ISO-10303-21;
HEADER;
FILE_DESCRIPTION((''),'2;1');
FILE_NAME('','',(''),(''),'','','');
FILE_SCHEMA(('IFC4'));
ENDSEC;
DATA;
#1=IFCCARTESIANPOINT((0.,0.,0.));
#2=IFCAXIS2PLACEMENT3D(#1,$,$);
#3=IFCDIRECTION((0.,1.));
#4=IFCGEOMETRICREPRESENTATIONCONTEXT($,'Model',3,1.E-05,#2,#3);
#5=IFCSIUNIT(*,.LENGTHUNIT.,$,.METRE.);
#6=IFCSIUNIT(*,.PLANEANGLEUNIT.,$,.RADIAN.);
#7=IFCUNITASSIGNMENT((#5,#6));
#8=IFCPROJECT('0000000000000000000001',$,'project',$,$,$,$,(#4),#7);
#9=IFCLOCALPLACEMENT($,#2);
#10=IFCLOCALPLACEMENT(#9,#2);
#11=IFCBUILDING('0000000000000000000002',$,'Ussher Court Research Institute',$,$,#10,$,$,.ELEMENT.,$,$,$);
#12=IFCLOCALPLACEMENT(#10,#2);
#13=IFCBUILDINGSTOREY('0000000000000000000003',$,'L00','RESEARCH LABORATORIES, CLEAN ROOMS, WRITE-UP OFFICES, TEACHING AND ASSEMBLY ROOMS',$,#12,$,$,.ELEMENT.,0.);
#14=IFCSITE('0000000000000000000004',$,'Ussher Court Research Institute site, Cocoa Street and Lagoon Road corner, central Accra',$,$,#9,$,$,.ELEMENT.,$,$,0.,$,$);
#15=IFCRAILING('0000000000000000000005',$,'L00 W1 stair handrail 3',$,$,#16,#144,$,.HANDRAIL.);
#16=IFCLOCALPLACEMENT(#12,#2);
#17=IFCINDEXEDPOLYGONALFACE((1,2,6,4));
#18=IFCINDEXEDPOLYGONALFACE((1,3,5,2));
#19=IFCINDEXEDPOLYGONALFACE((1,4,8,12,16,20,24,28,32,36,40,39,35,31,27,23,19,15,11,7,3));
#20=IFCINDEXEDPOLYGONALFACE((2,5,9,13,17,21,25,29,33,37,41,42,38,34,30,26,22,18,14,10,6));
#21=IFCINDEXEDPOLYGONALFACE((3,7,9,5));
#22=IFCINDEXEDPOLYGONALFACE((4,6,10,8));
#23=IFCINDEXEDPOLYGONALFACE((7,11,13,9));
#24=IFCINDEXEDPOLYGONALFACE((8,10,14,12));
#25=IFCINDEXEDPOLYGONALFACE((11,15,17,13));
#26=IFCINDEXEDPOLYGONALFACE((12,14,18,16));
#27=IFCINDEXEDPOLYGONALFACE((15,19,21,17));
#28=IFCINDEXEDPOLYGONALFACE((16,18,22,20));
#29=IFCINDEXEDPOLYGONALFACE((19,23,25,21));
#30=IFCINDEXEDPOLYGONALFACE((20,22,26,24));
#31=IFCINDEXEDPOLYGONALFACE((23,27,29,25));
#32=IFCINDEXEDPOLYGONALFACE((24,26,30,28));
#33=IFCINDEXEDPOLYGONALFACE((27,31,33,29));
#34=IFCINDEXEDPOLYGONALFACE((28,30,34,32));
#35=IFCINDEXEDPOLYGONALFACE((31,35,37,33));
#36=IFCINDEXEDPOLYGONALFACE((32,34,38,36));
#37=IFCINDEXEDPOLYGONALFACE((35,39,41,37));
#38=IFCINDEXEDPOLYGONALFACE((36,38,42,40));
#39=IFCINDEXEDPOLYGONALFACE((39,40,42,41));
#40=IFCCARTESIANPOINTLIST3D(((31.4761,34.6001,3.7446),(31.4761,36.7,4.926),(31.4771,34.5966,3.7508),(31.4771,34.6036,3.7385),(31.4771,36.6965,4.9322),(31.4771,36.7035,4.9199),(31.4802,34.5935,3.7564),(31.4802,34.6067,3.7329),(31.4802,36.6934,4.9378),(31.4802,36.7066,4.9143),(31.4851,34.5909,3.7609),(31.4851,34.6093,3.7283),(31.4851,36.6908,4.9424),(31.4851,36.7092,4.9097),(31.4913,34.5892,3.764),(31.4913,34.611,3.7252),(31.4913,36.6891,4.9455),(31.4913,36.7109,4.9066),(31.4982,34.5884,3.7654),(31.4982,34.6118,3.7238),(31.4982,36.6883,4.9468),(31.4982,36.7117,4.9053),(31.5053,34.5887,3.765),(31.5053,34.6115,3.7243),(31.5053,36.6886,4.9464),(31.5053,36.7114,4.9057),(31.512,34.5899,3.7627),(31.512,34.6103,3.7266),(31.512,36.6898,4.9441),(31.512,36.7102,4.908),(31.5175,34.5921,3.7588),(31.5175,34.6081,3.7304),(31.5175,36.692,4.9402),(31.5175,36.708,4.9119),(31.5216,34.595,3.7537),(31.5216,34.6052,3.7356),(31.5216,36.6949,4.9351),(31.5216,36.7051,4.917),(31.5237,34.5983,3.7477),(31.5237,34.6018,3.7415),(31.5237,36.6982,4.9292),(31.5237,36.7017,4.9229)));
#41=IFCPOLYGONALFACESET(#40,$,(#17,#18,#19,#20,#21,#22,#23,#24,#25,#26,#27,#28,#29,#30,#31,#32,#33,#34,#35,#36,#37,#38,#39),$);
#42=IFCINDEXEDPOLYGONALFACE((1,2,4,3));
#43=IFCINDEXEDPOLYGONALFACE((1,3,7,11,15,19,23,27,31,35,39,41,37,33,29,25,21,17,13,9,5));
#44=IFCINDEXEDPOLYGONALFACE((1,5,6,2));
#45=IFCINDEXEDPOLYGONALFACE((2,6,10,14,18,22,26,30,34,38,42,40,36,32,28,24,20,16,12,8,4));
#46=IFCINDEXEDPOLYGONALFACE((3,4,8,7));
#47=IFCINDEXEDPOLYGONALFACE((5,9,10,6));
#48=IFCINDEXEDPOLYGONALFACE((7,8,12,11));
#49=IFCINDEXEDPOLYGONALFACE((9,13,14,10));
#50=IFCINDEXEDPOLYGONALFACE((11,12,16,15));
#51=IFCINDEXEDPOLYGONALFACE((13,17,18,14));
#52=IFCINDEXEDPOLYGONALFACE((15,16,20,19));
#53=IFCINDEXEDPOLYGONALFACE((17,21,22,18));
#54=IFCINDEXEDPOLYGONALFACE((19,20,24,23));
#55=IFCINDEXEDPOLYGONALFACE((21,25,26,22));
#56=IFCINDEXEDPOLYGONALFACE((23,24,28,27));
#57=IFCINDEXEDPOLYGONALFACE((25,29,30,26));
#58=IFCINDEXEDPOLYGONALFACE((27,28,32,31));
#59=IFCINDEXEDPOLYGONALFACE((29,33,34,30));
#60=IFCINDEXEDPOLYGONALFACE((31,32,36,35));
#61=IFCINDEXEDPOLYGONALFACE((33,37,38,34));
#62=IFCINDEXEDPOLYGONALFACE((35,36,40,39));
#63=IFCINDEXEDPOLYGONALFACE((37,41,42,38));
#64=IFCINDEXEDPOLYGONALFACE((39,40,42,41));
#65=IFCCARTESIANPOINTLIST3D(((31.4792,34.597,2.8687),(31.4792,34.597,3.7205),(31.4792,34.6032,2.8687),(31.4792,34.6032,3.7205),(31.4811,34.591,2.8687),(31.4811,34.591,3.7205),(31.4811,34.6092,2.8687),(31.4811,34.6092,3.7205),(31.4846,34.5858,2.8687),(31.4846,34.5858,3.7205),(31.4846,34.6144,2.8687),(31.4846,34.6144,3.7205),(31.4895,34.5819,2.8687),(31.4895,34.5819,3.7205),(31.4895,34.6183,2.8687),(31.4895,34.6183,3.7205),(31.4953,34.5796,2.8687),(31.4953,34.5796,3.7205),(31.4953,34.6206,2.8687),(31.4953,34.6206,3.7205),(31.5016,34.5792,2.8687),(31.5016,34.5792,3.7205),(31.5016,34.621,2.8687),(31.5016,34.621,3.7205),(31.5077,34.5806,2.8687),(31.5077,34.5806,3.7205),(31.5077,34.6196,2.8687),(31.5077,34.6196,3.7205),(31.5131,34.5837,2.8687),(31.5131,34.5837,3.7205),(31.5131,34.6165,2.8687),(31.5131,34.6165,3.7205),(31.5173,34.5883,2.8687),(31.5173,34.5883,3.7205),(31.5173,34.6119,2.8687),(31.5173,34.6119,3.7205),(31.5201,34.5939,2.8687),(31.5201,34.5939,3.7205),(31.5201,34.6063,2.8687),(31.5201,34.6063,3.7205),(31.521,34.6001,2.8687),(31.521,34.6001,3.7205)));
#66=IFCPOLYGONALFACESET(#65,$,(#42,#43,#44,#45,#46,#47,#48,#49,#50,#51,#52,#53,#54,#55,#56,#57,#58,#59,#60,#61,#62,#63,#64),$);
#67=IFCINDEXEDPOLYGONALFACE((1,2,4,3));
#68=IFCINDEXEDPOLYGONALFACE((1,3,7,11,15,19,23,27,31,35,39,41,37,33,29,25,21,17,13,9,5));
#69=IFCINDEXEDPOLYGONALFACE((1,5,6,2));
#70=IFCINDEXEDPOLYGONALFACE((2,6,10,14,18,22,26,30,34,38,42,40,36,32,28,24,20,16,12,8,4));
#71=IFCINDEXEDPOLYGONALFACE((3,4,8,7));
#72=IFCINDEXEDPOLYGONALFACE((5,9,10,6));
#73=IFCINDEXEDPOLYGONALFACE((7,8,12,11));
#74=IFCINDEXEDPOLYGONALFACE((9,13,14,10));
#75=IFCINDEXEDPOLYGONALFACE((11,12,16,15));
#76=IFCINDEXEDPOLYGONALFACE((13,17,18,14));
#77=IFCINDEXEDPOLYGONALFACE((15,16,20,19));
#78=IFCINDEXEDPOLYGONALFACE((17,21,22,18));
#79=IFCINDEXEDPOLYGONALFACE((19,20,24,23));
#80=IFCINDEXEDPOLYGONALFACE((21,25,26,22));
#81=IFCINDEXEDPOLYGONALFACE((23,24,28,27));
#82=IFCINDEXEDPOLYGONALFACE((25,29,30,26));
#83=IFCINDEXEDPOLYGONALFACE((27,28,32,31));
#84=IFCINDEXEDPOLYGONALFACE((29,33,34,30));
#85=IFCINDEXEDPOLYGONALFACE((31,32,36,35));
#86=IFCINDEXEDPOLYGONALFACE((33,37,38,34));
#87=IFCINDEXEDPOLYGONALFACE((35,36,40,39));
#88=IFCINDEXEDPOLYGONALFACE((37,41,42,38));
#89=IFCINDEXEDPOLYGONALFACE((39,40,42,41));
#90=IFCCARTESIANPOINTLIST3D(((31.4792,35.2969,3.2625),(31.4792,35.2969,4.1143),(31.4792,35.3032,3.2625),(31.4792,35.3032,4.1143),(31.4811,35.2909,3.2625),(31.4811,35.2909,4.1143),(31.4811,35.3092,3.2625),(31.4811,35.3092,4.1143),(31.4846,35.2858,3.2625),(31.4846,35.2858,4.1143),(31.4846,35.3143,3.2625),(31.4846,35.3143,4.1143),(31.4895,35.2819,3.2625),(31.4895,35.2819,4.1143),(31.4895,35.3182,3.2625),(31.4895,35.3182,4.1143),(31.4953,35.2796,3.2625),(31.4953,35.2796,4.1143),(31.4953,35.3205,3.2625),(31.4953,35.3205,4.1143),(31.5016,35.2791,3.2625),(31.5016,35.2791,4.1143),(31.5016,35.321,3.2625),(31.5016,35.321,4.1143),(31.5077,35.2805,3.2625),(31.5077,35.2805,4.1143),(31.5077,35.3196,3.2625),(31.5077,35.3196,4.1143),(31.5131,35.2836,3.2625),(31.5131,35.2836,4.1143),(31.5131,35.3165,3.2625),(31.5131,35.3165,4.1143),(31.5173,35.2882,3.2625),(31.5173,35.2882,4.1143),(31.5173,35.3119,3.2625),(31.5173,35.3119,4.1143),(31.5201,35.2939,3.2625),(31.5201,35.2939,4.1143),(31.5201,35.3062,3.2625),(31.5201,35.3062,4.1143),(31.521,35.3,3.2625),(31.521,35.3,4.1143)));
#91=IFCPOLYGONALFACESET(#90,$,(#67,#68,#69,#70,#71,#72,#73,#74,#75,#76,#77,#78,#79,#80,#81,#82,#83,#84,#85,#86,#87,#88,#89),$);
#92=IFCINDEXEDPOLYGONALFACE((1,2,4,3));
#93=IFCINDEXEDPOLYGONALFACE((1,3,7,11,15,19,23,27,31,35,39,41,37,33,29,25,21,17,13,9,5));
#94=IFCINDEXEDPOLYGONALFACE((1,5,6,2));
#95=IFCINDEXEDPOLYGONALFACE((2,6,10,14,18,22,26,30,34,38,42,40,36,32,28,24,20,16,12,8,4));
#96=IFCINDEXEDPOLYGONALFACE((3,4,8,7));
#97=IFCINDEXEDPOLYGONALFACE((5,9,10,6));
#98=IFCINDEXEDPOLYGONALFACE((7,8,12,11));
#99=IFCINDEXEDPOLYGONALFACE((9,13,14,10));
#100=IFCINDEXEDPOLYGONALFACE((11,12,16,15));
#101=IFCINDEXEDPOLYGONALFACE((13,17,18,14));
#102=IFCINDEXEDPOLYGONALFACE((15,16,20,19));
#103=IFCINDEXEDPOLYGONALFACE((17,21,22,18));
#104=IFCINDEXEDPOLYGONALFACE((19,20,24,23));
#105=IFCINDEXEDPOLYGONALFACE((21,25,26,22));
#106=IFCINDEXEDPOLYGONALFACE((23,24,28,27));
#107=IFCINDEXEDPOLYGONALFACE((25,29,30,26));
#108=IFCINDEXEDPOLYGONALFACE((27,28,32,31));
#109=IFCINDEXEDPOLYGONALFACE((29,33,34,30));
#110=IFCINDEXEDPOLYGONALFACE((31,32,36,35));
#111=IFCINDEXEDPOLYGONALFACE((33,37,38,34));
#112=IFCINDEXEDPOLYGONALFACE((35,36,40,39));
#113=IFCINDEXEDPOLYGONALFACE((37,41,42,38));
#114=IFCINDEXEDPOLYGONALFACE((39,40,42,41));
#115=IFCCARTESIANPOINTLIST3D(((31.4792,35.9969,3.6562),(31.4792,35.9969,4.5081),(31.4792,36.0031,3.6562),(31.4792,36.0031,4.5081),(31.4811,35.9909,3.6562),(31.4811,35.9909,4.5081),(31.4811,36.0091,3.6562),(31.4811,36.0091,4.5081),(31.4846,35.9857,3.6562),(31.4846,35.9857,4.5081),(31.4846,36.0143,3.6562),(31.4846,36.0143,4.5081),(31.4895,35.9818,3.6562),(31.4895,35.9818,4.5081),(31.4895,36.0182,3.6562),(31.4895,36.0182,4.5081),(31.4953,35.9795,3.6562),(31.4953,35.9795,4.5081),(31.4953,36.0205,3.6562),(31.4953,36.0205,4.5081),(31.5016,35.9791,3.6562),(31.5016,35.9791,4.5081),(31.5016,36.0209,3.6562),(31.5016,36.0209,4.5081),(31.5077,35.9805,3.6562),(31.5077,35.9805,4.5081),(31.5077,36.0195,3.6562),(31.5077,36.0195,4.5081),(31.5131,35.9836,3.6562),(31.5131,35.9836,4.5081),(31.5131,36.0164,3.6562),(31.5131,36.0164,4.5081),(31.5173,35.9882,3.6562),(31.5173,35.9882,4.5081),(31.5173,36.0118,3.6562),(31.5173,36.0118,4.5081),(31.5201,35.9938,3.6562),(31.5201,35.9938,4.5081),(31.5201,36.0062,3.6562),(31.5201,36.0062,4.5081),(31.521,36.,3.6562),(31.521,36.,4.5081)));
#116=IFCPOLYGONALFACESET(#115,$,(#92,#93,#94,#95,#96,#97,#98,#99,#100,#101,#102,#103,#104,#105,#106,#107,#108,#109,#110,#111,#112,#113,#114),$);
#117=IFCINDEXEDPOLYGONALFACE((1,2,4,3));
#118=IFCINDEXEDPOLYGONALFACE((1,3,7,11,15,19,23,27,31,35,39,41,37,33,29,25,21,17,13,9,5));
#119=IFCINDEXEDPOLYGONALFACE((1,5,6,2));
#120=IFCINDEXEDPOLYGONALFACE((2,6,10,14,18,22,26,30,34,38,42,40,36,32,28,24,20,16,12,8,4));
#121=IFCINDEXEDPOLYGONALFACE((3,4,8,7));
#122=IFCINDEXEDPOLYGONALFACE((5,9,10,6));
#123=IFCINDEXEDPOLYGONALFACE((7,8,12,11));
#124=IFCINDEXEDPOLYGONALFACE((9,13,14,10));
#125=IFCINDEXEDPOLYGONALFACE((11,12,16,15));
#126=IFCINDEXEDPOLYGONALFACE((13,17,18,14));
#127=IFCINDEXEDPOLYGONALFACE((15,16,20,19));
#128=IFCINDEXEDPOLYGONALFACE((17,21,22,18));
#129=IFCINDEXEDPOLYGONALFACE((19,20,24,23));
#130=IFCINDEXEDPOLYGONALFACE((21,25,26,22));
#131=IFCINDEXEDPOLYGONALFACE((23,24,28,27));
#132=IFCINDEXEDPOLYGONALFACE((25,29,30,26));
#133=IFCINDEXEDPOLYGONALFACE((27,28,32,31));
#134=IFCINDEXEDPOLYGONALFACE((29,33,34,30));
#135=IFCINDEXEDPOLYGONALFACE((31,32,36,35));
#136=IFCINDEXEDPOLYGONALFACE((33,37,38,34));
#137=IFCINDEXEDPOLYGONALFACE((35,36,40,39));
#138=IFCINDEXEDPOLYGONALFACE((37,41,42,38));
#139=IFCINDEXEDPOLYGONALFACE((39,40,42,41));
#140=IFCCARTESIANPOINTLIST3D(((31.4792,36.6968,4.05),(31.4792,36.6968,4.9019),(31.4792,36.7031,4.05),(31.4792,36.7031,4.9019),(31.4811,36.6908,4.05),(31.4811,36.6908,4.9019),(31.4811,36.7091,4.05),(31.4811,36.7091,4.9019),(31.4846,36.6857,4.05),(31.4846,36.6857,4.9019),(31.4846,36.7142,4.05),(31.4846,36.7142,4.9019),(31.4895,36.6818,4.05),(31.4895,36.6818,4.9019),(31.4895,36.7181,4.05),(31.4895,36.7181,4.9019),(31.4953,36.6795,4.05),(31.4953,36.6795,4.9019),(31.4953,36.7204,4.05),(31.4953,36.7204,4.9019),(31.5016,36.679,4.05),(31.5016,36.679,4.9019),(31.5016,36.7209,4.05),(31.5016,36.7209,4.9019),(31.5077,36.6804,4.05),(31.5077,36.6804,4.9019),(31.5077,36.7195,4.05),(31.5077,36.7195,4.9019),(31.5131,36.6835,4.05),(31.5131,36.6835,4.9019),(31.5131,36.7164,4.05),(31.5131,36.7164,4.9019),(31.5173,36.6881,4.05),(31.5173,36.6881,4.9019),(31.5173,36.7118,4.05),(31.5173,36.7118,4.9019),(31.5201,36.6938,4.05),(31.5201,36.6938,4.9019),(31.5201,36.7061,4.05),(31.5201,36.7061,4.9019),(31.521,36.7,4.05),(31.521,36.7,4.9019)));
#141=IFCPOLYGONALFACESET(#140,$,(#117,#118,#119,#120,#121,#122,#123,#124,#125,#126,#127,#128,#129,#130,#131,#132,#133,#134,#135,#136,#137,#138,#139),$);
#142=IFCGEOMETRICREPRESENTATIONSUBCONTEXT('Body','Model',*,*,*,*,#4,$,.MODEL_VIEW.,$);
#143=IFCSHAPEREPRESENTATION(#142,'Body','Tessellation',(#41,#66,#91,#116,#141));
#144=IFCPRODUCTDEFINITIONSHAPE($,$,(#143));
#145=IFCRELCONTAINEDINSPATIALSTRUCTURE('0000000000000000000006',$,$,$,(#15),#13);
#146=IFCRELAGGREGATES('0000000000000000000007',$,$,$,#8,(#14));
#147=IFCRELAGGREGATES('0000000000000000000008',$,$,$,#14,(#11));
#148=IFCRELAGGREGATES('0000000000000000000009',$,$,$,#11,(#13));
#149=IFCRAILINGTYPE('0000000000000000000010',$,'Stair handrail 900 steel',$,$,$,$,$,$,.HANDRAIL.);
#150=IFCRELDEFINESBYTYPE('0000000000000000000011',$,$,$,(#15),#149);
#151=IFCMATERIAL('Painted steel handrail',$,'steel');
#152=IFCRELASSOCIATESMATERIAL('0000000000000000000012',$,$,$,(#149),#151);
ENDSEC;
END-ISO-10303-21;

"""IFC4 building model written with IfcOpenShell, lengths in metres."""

from ifc_helpers import new_model, si_unit, direction, frame, origin, origin_2d, place, context, subcontext, project, spatial, circle, extrude, material, type_object, element, save


model = new_model("IFC4")

# Units and contexts
model_context = context("Model", 3, precision=1e-05, world=origin(), true_north=direction((0.0, 1.0)))
body_context = subcontext(model_context, "Body", "Model", "MODEL_VIEW")
ifc_project = project(units=[si_unit("LENGTHUNIT", "METRE"), si_unit("PLANEANGLEUNIT", "RADIAN")], contexts=[model_context])

# Site, building, storey
site_placement = place(None, origin())
site = spatial("IfcSite", under=ifc_project, at=site_placement, Name="Ussher Court Research Institute site, Cocoa Street and Lagoon Road corner, central Accra", CompositionType="ELEMENT", RefElevation=0.0)
building_placement = place(site_placement, origin())
building = spatial("IfcBuilding", under=site, at=building_placement, Name="Ussher Court Research Institute", CompositionType="ELEMENT")
storey_placement = place(building_placement, origin())
storey = spatial("IfcBuildingStorey", under=building, at=storey_placement, Name="L00", Description="RESEARCH LABORATORIES, CLEAN ROOMS, WRITE-UP OFFICES, TEACHING AND ASSEMBLY ROOMS", CompositionType="ELEMENT", Elevation=0.0)

# Railing
ifc_material_1 = material(Name="Painted steel handrail", Category="steel")
railing_type_1 = type_object("IfcRailingType", Name="Stair handrail 900 steel", PredefinedType="HANDRAIL", material=ifc_material_1)
for number, where, name in (
    (1, (31.5, 34.6001, 2.8687), "L00 W1 stair handrail 3"),
):
    element("IfcRailing", number, at=place(storey_placement, frame(where)), inside=storey, type_object=railing_type_1, Name=name, PredefinedType="HANDRAIL", context=body_context, shape_type="SweptSolid", body=[
        extrude(circle(Radius=0.0239, at=origin_2d()), frame((0.0, 0.0, 0.876), z_axis=(0.0, 0.871535, 0.490333), x_axis=(-1.0, 0.0, 0.0)), (0.0, 0.0, 1.0), 2.4094),
        extrude(circle(Radius=0.021, at=origin_2d()), origin(), (0.0, 0.0, 1.0), 0.8518),
        extrude(circle(Radius=0.021, at=origin_2d()), frame((0.0, 0.7, 0.3938)), (0.0, 0.0, 1.0), 0.8518),
        extrude(circle(Radius=0.021, at=origin_2d()), frame((0.0, 1.3999, 0.7876)), (0.0, 0.0, 1.0), 0.8518),
        extrude(circle(Radius=0.021, at=origin_2d()), frame((0.0, 2.0999, 1.1814)), (0.0, 0.0, 1.0), 0.8518),
    ])

save(model, "model.ifc")
